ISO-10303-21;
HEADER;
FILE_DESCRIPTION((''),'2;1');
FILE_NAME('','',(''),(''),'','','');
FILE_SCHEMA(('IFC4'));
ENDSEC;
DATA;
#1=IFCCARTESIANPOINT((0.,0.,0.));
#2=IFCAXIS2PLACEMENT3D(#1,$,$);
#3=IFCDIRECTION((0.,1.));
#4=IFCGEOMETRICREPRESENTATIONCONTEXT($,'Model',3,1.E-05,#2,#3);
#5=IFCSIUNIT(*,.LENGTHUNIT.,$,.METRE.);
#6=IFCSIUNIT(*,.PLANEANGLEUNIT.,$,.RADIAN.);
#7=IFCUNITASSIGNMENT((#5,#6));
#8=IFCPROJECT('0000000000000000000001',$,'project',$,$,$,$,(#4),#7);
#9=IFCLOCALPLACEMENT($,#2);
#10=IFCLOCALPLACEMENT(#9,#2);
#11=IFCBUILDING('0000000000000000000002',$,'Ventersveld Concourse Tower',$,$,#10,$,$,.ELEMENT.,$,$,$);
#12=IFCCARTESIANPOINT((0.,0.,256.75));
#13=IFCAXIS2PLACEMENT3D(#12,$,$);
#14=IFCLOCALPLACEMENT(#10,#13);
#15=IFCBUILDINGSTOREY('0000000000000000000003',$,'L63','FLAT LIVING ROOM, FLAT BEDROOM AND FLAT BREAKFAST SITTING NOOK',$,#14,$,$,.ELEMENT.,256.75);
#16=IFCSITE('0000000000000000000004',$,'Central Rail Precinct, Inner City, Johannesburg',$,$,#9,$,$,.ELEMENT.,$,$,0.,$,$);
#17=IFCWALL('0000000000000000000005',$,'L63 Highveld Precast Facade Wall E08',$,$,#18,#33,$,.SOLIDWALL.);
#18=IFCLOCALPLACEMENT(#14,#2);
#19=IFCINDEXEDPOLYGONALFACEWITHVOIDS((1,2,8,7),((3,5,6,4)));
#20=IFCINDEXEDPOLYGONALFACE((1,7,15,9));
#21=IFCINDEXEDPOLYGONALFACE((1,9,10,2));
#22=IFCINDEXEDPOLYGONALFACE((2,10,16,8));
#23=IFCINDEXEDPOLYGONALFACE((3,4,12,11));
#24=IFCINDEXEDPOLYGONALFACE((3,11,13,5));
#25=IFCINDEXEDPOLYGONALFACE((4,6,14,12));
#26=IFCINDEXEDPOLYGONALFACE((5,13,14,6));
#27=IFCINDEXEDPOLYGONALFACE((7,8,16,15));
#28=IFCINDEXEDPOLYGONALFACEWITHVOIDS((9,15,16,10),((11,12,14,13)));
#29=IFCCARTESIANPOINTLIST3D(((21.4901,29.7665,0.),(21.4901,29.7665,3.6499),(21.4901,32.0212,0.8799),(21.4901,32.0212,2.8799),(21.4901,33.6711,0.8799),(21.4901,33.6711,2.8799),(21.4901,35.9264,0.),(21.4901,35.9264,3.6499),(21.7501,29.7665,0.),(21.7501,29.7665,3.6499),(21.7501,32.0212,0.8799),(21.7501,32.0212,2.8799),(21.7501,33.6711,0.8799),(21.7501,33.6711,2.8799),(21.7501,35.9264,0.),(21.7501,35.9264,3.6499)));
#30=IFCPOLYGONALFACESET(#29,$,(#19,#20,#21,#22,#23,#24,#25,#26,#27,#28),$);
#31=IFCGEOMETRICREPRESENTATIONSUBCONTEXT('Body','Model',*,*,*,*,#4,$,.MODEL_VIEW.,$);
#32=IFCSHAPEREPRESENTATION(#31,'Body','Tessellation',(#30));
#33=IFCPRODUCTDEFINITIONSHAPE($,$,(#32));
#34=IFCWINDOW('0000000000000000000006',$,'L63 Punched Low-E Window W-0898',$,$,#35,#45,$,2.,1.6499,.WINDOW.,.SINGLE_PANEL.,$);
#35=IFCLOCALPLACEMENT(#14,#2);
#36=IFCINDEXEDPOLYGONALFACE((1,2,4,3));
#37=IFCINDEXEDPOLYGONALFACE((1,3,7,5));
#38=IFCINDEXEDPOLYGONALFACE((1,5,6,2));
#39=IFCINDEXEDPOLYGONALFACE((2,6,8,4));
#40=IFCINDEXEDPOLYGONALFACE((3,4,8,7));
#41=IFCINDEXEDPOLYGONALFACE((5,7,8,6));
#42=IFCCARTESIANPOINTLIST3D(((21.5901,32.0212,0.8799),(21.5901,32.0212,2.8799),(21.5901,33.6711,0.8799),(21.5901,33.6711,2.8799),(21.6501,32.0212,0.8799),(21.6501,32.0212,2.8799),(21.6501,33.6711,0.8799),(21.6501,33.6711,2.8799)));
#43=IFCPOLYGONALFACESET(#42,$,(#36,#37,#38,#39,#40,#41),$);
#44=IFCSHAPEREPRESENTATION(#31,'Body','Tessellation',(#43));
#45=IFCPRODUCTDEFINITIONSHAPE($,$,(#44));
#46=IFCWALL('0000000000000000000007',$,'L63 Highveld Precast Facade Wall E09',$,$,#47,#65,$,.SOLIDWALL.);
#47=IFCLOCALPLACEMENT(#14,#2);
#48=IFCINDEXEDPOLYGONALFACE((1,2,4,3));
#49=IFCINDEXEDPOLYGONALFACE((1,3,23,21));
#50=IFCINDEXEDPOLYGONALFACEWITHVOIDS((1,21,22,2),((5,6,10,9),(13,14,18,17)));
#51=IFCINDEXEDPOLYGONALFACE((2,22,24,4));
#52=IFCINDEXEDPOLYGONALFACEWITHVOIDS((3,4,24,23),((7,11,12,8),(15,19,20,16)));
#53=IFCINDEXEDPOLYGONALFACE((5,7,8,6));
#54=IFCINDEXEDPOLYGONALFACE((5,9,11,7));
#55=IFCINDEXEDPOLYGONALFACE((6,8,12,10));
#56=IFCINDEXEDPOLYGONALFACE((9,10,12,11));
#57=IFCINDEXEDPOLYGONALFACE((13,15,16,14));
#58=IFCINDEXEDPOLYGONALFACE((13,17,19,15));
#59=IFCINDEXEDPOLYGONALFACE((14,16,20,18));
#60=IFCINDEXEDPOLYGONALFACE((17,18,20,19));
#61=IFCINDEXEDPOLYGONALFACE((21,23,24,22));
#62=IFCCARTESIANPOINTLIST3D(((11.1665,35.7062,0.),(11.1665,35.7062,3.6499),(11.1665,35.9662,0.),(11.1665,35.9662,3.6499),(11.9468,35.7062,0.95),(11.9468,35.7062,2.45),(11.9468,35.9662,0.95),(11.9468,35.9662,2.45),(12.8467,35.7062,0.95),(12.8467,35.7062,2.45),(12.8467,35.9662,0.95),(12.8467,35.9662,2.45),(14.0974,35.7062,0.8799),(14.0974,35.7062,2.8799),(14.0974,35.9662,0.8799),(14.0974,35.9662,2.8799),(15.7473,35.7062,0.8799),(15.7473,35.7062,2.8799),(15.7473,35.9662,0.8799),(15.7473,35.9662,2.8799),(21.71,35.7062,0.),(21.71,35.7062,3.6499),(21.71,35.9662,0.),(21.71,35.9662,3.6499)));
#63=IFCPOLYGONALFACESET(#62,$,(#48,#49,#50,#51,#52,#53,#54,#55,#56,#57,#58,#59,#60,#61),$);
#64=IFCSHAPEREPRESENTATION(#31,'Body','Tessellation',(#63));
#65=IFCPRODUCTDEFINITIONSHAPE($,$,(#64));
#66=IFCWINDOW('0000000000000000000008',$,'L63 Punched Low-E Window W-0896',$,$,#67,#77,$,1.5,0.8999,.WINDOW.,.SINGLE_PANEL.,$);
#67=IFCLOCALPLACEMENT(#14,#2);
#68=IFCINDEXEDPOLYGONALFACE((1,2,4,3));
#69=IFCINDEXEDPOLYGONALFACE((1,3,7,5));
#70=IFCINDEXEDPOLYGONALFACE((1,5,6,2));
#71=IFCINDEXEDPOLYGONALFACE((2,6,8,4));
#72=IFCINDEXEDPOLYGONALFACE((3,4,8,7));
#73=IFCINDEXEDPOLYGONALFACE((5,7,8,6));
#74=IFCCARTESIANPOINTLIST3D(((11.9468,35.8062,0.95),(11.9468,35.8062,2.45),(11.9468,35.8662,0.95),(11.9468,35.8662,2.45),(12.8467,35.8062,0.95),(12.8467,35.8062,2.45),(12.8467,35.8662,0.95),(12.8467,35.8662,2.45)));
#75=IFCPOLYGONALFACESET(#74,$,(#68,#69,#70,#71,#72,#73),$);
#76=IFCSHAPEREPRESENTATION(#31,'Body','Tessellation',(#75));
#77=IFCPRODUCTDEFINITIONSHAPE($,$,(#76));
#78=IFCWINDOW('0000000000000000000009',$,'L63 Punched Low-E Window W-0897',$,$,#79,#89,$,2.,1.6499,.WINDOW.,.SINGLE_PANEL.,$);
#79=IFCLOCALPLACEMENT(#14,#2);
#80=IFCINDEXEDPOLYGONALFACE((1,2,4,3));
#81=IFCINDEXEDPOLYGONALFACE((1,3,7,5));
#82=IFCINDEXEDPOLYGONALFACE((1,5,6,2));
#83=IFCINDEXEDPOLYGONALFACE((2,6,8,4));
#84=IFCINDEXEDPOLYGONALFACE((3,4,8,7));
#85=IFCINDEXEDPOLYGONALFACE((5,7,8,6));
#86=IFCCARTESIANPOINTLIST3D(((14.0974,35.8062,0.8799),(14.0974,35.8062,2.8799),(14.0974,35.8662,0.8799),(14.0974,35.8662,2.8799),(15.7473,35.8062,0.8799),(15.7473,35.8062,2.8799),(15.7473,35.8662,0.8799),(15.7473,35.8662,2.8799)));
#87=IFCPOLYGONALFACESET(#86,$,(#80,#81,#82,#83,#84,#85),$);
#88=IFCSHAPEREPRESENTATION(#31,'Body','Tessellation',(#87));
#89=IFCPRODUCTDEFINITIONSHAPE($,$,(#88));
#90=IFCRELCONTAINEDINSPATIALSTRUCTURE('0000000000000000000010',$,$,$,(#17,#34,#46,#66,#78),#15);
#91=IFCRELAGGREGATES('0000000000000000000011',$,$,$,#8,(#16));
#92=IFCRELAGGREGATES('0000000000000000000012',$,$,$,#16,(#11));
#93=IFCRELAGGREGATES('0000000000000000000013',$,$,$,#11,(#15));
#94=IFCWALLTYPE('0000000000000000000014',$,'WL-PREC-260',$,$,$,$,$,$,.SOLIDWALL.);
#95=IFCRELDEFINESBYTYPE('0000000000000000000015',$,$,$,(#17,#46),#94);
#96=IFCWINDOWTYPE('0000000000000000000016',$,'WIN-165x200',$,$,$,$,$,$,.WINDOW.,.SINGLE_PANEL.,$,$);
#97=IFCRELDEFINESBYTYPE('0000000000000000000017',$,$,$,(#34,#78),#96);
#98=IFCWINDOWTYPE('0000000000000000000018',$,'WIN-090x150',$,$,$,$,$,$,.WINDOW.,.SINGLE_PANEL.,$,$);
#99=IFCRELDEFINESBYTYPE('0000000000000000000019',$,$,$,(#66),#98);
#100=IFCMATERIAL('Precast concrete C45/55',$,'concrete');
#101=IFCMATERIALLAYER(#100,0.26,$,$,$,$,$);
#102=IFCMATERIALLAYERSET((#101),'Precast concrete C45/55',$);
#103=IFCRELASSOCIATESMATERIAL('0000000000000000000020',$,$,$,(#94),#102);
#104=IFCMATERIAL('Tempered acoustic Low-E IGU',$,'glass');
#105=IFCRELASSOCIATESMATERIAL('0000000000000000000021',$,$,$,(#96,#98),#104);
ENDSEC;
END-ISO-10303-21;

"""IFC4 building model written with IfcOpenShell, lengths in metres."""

from ifc_helpers import new_model, si_unit, direction, frame, frame_2d, origin, place, context, subcontext, project, spatial, rectangle, extrude, material, layer, layer_set, type_object, element, fill, save


model = new_model("IFC4")

# Units and contexts
model_context = context("Model", 3, precision=1e-05, world=origin(), true_north=direction((0.0, 1.0)))
body_context = subcontext(model_context, "Body", "Model", "MODEL_VIEW")
ifc_project = project(units=[si_unit("LENGTHUNIT", "METRE"), si_unit("PLANEANGLEUNIT", "RADIAN")], contexts=[model_context])

# Site, building, storey
site_placement = place(None, origin())
site = spatial("IfcSite", under=ifc_project, at=site_placement, Name="Central Rail Precinct, Inner City, Johannesburg", CompositionType="ELEMENT", RefElevation=0.0)
building_placement = place(site_placement, origin())
building = spatial("IfcBuilding", under=site, at=building_placement, Name="Ventersveld Concourse Tower", CompositionType="ELEMENT")
storey_placement = place(building_placement, frame((0.0, 0.0, 256.75)))
storey = spatial("IfcBuildingStorey", under=building, at=storey_placement, Name="L63", Description="FLAT LIVING ROOM, FLAT BEDROOM AND FLAT BREAKFAST SITTING NOOK", CompositionType="ELEMENT", Elevation=256.75)

# Shared definitions
ifc_material_1 = material(Name="Precast concrete C45/55", Category="concrete")
ifc_layer_1 = layer(ifc_material_1, 0.26)
ifc_layer_set_1 = layer_set([ifc_layer_1], Name="Precast concrete C45/55")
wall_type_1 = type_object("IfcWallType", Name="WL-PREC-260", PredefinedType="SOLIDWALL", material=ifc_layer_set_1)

# Wall, opening, window
wall_1_placement = place(storey_placement, frame((21.6201, 29.7664, 0.0), z_axis=(0.0, 0.0, 1.0), x_axis=(0.0, 1.0, 0.0)))
wall_1 = element("IfcWall", 1, at=wall_1_placement, inside=storey, type_object=wall_type_1, Name="L63 Highveld Precast Facade Wall E08", PredefinedType="SOLIDWALL", context=body_context, shape_type="SweptSolid", body=[
    extrude(rectangle(XDim=6.1599, YDim=0.26, at=frame_2d((3.0801, 0.0))), origin(), (0.0, 0.0, 1.0), 3.6499),
])
opening_1_placement = place(wall_1_placement, frame((2.2549, 0.0, 0.8799)))
opening_1 = element("IfcOpeningElement", 2, at=opening_1_placement, cuts=wall_1, PredefinedType="OPENING", context=body_context, shape_type="SweptSolid", body=[
    extrude(rectangle(XDim=1.6499, YDim=2.0, at=frame_2d((0.825, 1.0))), frame((0.0, 0.1401, 0.0), z_axis=(0.0, -1.0, 0.0), x_axis=(1.0, 0.0, 0.0)), (0.0, 0.0, 1.0), 0.28),
])
ifc_material_2 = material(Name="Tempered acoustic Low-E IGU", Category="glass")
window_type_1 = type_object("IfcWindowType", Name="WIN-165x200", PartitioningType="SINGLE_PANEL", PredefinedType="WINDOW", material=ifc_material_2)
window_1_placement = place(opening_1_placement, origin())
window_1 = element("IfcWindow", 3, at=window_1_placement, inside=storey, type_object=window_type_1, Name="L63 Punched Low-E Window W-0898", OverallHeight=2.0, OverallWidth=1.6499, PartitioningType="SINGLE_PANEL", PredefinedType="WINDOW", context=body_context, shape_type="SweptSolid", body=[
    extrude(rectangle(XDim=1.6499, YDim=2.0, at=frame_2d((0.825, 1.0))), frame((0.0, 0.03, 0.0), z_axis=(0.0, -1.0, 0.0), x_axis=(1.0, 0.0, 0.0)), (0.0, 0.0, 1.0), 0.0601),
])
fill(opening_1, window_1)

# Wall, openings, windows
wall_2_placement = place(storey_placement, frame((21.71, 35.8362, 0.0), z_axis=(0.0, 0.0, 1.0), x_axis=(-1.0, 0.0, 0.0)))
wall_2 = element("IfcWall", 4, at=wall_2_placement, inside=storey, type_object=wall_type_1, Name="L63 Highveld Precast Facade Wall E09", PredefinedType="SOLIDWALL", context=body_context, shape_type="SweptSolid", body=[
    extrude(rectangle(XDim=10.5435, YDim=0.26, at=frame_2d((5.2717, 0.0))), origin(), (0.0, 0.0, 1.0), 3.6499),
])
opening_2_placement = place(wall_2_placement, frame((8.8633, 0.0, 0.95)))
opening_2 = element("IfcOpeningElement", 5, at=opening_2_placement, cuts=wall_2, PredefinedType="OPENING", context=body_context, shape_type="SweptSolid", body=[
    extrude(rectangle(XDim=0.8999, YDim=1.5, at=frame_2d((0.45, 0.75))), frame((0.0, 0.1401, 0.0), z_axis=(0.0, -1.0, 0.0), x_axis=(1.0, 0.0, 0.0)), (0.0, 0.0, 1.0), 0.28),
])
opening_3_placement = place(wall_2_placement, frame((5.9626, 0.0, 0.8799)))
opening_3 = element("IfcOpeningElement", 6, at=opening_3_placement, cuts=wall_2, PredefinedType="OPENING", context=body_context, shape_type="SweptSolid", body=[
    extrude(rectangle(XDim=1.6499, YDim=2.0, at=frame_2d((0.825, 1.0))), frame((0.0, 0.1401, 0.0), z_axis=(0.0, -1.0, 0.0), x_axis=(1.0, 0.0, 0.0)), (0.0, 0.0, 1.0), 0.28),
])
window_type_2 = type_object("IfcWindowType", Name="WIN-090x150", PartitioningType="SINGLE_PANEL", PredefinedType="WINDOW", material=ifc_material_2)
window_2_placement = place(opening_2_placement, origin())
window_2 = element("IfcWindow", 7, at=window_2_placement, inside=storey, type_object=window_type_2, Name="L63 Punched Low-E Window W-0896", OverallHeight=1.5, OverallWidth=0.8999, PartitioningType="SINGLE_PANEL", PredefinedType="WINDOW", context=body_context, shape_type="SweptSolid", body=[
    extrude(rectangle(XDim=0.8999, YDim=1.5, at=frame_2d((0.45, 0.75))), frame((0.0, 0.03, 0.0), z_axis=(0.0, -1.0, 0.0), x_axis=(1.0, 0.0, 0.0)), (0.0, 0.0, 1.0), 0.0601),
])
fill(opening_2, window_2)
window_3_placement = place(opening_3_placement, origin())
window_3 = element("IfcWindow", 8, at=window_3_placement, inside=storey, type_object=window_type_1, Name="L63 Punched Low-E Window W-0897", OverallHeight=2.0, OverallWidth=1.6499, PartitioningType="SINGLE_PANEL", PredefinedType="WINDOW", context=body_context, shape_type="SweptSolid", body=[
    extrude(rectangle(XDim=1.6499, YDim=2.0, at=frame_2d((0.825, 1.0))), frame((0.0, 0.03, 0.0), z_axis=(0.0, -1.0, 0.0), x_axis=(1.0, 0.0, 0.0)), (0.0, 0.0, 1.0), 0.0601),
])
fill(opening_3, window_3)

save(model, "model.ifc")
